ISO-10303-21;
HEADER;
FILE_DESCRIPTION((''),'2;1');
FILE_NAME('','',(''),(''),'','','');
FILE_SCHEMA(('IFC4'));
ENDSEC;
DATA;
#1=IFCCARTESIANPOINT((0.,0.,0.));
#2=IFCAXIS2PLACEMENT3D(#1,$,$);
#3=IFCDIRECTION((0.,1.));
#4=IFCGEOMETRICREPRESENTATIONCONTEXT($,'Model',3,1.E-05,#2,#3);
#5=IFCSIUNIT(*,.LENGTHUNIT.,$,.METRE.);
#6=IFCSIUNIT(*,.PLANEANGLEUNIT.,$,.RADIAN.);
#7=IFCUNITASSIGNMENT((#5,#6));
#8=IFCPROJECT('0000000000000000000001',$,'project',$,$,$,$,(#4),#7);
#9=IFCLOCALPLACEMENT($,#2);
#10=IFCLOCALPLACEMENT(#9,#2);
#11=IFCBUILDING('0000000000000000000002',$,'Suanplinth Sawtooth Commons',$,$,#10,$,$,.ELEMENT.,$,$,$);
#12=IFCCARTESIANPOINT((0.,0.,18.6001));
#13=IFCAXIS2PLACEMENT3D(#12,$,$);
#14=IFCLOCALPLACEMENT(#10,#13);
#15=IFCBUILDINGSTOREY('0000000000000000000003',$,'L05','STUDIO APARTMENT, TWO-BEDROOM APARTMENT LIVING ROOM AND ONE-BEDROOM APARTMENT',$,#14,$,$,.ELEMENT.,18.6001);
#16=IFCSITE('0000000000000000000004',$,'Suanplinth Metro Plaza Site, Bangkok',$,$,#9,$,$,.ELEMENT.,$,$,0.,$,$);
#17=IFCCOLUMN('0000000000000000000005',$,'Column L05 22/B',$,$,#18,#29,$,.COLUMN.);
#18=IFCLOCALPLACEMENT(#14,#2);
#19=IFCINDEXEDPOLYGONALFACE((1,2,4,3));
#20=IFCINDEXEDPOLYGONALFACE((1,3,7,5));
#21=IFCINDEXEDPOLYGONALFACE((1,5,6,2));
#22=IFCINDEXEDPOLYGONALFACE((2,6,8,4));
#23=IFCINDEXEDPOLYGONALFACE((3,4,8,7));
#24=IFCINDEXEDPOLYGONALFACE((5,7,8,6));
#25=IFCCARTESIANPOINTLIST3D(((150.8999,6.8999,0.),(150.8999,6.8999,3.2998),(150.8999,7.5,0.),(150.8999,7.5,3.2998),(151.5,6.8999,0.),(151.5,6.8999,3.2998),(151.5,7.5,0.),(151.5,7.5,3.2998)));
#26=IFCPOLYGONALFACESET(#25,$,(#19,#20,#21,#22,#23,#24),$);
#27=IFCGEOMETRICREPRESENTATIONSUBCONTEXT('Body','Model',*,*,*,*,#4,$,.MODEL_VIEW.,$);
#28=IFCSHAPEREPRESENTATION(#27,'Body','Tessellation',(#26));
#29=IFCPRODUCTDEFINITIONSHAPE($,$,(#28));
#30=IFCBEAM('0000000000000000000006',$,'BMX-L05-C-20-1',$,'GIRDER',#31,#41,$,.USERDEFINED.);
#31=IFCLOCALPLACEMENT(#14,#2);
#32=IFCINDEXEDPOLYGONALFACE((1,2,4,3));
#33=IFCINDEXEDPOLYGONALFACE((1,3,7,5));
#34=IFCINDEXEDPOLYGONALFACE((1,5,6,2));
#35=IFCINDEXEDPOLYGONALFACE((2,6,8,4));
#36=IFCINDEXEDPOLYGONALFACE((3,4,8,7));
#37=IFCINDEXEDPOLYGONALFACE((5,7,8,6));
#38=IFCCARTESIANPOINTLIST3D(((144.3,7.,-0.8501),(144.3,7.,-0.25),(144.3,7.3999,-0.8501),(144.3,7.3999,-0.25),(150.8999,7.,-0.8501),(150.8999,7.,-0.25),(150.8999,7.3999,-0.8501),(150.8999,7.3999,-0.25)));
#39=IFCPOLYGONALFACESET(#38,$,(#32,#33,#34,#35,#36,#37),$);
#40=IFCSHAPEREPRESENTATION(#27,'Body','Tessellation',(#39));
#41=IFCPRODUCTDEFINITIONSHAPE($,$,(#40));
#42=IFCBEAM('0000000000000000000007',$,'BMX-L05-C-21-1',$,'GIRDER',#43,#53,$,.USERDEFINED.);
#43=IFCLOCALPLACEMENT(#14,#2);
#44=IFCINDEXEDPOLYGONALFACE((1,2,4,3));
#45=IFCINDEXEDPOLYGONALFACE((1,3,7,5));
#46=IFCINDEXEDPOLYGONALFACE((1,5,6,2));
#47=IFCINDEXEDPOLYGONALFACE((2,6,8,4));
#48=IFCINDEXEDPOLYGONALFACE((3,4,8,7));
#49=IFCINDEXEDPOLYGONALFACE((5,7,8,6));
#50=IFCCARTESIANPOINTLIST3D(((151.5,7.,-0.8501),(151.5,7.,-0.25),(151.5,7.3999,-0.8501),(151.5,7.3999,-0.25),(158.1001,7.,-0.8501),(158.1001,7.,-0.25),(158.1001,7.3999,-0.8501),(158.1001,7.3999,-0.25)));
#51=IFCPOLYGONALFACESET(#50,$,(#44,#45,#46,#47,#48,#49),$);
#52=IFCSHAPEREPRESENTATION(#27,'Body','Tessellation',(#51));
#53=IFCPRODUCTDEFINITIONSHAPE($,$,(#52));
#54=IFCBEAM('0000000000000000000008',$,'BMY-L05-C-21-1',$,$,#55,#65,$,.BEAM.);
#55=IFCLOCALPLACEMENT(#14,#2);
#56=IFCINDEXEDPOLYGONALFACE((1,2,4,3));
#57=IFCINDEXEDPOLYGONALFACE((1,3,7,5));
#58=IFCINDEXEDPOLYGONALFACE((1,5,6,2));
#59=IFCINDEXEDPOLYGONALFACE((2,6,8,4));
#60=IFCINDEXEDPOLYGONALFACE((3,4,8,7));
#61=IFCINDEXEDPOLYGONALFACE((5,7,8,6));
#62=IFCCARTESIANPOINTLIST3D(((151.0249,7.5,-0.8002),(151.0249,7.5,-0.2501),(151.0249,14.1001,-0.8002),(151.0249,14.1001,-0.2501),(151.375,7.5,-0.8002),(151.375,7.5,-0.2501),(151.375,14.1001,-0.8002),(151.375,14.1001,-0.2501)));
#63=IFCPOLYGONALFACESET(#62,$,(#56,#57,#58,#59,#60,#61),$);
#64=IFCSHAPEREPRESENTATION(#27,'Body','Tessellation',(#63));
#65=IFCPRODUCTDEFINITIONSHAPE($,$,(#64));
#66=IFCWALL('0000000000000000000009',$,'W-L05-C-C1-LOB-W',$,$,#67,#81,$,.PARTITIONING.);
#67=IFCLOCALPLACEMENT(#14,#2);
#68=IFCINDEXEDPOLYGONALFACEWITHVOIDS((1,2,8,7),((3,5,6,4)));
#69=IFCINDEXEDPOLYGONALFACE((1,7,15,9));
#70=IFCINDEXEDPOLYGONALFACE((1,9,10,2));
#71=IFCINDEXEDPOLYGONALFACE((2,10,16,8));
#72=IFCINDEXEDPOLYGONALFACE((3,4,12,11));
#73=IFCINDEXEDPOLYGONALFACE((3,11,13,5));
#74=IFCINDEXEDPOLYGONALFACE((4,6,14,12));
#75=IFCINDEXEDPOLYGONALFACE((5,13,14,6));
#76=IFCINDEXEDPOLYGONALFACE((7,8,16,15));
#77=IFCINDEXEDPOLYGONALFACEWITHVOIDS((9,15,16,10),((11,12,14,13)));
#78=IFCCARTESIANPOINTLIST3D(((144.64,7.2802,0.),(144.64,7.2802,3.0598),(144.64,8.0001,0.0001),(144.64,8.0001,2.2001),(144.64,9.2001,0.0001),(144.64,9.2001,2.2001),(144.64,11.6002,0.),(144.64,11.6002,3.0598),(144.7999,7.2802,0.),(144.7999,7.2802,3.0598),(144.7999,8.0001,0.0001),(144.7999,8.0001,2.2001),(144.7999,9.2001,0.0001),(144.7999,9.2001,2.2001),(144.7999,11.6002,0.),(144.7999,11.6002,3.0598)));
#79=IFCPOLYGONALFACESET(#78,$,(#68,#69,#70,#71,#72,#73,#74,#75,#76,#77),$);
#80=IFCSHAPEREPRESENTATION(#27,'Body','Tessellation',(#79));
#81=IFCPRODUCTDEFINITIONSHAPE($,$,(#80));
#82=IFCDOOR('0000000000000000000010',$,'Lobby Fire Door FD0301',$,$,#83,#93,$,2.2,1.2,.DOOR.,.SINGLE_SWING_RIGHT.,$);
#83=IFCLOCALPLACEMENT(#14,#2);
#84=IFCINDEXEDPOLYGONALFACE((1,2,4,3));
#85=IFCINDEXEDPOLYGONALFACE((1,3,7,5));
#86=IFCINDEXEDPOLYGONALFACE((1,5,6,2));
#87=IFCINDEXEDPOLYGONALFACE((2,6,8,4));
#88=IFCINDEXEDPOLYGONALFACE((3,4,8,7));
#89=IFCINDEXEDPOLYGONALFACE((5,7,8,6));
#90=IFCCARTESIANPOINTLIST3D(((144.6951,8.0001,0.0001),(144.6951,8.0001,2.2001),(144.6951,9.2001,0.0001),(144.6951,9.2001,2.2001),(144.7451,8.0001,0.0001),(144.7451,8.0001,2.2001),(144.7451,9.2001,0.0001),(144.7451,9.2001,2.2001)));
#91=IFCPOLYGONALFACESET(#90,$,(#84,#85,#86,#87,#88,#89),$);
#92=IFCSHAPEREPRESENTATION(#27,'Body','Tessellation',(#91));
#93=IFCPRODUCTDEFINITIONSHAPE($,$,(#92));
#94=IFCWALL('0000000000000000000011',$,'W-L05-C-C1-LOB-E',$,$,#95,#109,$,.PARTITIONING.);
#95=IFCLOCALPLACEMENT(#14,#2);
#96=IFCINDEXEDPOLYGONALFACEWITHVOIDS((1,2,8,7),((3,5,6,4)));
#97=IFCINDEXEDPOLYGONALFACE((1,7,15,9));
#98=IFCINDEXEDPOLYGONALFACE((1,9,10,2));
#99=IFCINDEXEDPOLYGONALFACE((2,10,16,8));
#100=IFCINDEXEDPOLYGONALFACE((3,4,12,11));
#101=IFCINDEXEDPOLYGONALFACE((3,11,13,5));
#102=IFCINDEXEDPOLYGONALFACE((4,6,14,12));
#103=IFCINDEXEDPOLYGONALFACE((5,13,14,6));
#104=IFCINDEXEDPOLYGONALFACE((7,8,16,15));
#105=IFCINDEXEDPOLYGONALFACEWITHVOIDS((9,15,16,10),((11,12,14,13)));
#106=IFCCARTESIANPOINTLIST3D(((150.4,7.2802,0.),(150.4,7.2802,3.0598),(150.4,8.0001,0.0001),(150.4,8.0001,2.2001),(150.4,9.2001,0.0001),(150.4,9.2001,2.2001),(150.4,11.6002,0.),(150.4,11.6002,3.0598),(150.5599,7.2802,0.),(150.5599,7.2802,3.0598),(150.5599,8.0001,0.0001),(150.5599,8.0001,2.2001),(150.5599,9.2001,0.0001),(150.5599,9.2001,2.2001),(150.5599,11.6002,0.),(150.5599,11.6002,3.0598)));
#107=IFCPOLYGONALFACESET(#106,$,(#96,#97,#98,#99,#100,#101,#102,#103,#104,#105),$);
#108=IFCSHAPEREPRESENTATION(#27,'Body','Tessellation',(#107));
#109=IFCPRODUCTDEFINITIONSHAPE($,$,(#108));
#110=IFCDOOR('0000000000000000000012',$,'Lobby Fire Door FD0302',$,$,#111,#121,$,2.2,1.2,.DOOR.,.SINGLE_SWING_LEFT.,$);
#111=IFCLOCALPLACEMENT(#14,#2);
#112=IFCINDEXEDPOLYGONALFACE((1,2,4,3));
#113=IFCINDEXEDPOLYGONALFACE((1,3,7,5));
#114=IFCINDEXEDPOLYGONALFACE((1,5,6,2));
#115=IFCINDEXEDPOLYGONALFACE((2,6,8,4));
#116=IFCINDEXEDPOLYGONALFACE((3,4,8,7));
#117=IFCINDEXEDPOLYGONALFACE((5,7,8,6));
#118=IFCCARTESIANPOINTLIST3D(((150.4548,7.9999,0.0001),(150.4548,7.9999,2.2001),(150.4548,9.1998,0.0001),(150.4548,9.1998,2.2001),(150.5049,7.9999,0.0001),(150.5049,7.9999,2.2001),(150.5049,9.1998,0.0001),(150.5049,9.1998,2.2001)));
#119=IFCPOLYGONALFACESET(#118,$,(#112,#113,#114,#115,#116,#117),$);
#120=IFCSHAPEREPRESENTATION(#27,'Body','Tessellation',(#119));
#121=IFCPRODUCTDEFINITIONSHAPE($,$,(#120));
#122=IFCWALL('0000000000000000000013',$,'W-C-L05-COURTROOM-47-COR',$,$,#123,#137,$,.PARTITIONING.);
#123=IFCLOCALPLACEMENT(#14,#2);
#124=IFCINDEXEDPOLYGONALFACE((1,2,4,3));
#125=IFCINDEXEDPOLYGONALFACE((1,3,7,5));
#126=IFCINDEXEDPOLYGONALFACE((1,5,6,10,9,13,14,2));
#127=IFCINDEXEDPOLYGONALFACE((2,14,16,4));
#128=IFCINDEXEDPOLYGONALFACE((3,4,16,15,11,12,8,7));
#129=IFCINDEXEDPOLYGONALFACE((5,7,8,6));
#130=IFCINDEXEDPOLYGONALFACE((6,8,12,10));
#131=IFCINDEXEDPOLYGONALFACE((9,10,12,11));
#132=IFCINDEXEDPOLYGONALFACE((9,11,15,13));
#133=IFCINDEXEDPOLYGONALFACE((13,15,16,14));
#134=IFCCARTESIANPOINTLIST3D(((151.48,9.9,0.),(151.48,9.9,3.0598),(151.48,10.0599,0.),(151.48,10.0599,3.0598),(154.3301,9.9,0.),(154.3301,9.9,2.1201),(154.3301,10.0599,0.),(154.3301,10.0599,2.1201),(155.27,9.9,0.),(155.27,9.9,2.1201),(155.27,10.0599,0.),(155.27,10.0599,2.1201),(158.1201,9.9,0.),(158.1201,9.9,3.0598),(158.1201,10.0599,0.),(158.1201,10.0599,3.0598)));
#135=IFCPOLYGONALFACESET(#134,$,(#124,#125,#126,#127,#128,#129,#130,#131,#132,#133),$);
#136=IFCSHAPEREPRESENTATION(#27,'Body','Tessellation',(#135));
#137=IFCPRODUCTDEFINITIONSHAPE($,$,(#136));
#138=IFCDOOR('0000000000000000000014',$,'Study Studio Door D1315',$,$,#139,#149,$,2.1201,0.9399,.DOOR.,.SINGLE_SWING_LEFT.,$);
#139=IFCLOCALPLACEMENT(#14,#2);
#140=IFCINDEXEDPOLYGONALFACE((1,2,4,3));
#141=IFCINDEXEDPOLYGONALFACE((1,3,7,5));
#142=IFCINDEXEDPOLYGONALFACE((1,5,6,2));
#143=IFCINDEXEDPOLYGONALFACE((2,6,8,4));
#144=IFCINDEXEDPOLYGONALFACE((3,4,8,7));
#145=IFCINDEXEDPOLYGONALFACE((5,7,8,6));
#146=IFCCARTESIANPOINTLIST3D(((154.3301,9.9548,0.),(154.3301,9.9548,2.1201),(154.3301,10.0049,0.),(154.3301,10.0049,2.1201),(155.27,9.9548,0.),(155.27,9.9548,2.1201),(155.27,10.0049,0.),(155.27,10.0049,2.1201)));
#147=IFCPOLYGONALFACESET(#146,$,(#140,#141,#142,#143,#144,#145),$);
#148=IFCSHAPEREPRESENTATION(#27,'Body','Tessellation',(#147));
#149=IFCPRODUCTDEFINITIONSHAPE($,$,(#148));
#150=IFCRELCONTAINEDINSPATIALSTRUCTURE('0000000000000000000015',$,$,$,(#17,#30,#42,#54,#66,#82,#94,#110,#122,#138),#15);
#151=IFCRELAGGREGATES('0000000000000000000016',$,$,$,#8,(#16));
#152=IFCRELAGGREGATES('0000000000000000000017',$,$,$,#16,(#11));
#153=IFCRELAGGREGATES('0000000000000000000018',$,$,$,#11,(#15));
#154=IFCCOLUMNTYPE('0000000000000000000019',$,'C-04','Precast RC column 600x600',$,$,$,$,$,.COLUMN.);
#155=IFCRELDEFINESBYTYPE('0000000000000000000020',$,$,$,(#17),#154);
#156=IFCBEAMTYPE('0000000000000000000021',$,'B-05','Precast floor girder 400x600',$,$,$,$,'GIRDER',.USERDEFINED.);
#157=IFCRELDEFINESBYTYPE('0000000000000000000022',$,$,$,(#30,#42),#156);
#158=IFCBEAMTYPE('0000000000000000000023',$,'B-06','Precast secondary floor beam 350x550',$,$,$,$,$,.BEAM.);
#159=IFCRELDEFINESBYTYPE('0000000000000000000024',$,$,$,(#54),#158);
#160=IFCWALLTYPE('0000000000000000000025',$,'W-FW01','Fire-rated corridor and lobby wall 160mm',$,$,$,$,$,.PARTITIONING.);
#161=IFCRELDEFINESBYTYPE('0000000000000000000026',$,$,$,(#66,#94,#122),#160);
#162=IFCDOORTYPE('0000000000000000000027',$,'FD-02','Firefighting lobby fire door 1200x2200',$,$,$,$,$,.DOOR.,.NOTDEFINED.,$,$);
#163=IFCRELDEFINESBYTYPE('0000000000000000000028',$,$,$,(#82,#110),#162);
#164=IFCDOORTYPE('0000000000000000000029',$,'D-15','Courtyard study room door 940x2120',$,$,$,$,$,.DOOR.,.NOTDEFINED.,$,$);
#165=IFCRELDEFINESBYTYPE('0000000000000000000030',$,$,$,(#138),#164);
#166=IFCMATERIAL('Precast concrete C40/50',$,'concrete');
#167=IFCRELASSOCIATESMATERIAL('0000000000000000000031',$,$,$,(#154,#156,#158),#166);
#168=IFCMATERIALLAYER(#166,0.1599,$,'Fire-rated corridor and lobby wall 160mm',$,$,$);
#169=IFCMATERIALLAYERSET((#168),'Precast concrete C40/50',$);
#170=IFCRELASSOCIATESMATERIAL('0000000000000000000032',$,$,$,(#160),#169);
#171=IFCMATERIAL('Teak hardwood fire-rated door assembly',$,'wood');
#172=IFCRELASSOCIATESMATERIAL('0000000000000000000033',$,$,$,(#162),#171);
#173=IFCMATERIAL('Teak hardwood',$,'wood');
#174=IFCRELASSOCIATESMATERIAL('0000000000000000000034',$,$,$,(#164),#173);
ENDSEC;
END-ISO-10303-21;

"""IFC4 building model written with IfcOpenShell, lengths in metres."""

from ifc_helpers import new_model, si_unit, direction, frame, frame_2d, origin, origin_2d, place, context, subcontext, project, spatial, rectangle, extrude, material, layer, layer_set, material_profile, profile_set, type_object, element, fill, save


model = new_model("IFC4")

# Units and contexts
model_context = context("Model", 3, precision=1e-05, world=origin(), true_north=direction((0.0, 1.0)))
body_context = subcontext(model_context, "Body", "Model", "MODEL_VIEW")
ifc_project = project(units=[si_unit("LENGTHUNIT", "METRE"), si_unit("PLANEANGLEUNIT", "RADIAN")], contexts=[model_context])

# Site, building, storey
site_placement = place(None, origin())
site = spatial("IfcSite", under=ifc_project, at=site_placement, Name="Suanplinth Metro Plaza Site, Bangkok", CompositionType="ELEMENT", RefElevation=0.0)
building_placement = place(site_placement, origin())
building = spatial("IfcBuilding", under=site, at=building_placement, Name="Suanplinth Sawtooth Commons", CompositionType="ELEMENT")
storey_placement = place(building_placement, frame((0.0, 0.0, 18.6001)))
storey = spatial("IfcBuildingStorey", under=building, at=storey_placement, Name="L05", Description="STUDIO APARTMENT, TWO-BEDROOM APARTMENT LIVING ROOM AND ONE-BEDROOM APARTMENT", CompositionType="ELEMENT", Elevation=18.6001)

# Column
ifc_material_1 = material(Name="Precast concrete C40/50", Category="concrete")
ifc_material_profile_1 = material_profile(ifc_material_1, rectangle(XDim=0.6001, YDim=0.6001, at=origin_2d()), Name="PC-COL 600x600")
ifc_profile_set_1 = profile_set([ifc_material_profile_1], Name="Precast concrete C40/50")
column_type = type_object("IfcColumnType", Name="C-04", Description="Precast RC column 600x600", PredefinedType="COLUMN", material=ifc_profile_set_1)
column_placement = place(storey_placement, frame((151.2, 7.2, 0.0), z_axis=(0.0, 0.0, 1.0), x_axis=(1.0, 0.0, 0.0)))
element("IfcColumn", 1, at=column_placement, inside=storey, type_object=column_type, Name="Column L05 22/B", PredefinedType="COLUMN", context=body_context, shape_type="SweptSolid", body=[
    extrude(rectangle(XDim=0.6001, YDim=0.6001, at=origin_2d()), origin(), (0.0, 0.0, 1.0), 3.2998),
])

# Beams
ifc_material_profile_2 = material_profile(ifc_material_1, rectangle(XDim=0.3999, YDim=0.6001, at=origin_2d()), Name="PC-GDR 400x600")
ifc_profile_set_2 = profile_set([ifc_material_profile_2], Name="Precast concrete C40/50")
beam_type_1 = type_object("IfcBeamType", Name="B-05", Description="Precast floor girder 400x600", ElementType="GIRDER", PredefinedType="USERDEFINED", material=ifc_profile_set_2)
beam_1_placement = place(storey_placement, frame((144.3, 7.2, -0.55), z_axis=(1.0, 0.0, 0.0), x_axis=(0.0, 1.0, 0.0)))
element("IfcBeam", 2, at=beam_1_placement, inside=storey, type_object=beam_type_1, Name="BMX-L05-C-20-1", ObjectType="GIRDER", PredefinedType="USERDEFINED", context=body_context, shape_type="SweptSolid", body=[
    extrude(rectangle(XDim=0.3999, YDim=0.6001, at=origin_2d()), origin(), (0.0, 0.0, 1.0), 6.5999),
])
beam_2_placement = place(storey_placement, frame((151.5, 7.2, -0.55), z_axis=(1.0, 0.0, 0.0), x_axis=(0.0, 1.0, 0.0)))
element("IfcBeam", 3, at=beam_2_placement, inside=storey, type_object=beam_type_1, Name="BMX-L05-C-21-1", ObjectType="GIRDER", PredefinedType="USERDEFINED", context=body_context, shape_type="SweptSolid", body=[
    extrude(rectangle(XDim=0.3999, YDim=0.6001, at=origin_2d()), origin(), (0.0, 0.0, 1.0), 6.6001),
])
ifc_material_profile_3 = material_profile(ifc_material_1, rectangle(XDim=0.3501, YDim=0.55, at=origin_2d()), Name="PC-BM 350x550")
ifc_profile_set_3 = profile_set([ifc_material_profile_3], Name="Precast concrete C40/50")
beam_type_2 = type_object("IfcBeamType", Name="B-06", Description="Precast secondary floor beam 350x550", PredefinedType="BEAM", material=ifc_profile_set_3)
beam_3_placement = place(storey_placement, frame((151.2, 7.5, -0.5251), z_axis=(0.0, 1.0, 0.0), x_axis=(-1.0, 0.0, 0.0)))
element("IfcBeam", 4, at=beam_3_placement, inside=storey, type_object=beam_type_2, Name="BMY-L05-C-21-1", PredefinedType="BEAM", context=body_context, shape_type="SweptSolid", body=[
    extrude(rectangle(XDim=0.3501, YDim=0.55, at=origin_2d()), origin(), (0.0, 0.0, 1.0), 6.6001),
])

# Walls, openings, doors
ifc_layer_1 = layer(ifc_material_1, 0.1599, Name="Fire-rated corridor and lobby wall 160mm")
ifc_layer_set_1 = layer_set([ifc_layer_1], Name="Precast concrete C40/50")
wall_type_1 = type_object("IfcWallType", Name="W-FW01", Description="Fire-rated corridor and lobby wall 160mm", PredefinedType="PARTITIONING", material=ifc_layer_set_1)
wall_1_placement = place(storey_placement, frame((144.72, 7.28, 0.0), z_axis=(0.0, 0.0, 1.0), x_axis=(0.0, 1.0, 0.0)))
wall_1 = element("IfcWall", 5, at=wall_1_placement, inside=storey, type_object=wall_type_1, Name="W-L05-C-C1-LOB-W", PredefinedType="PARTITIONING", context=body_context, shape_type="SweptSolid", body=[
    extrude(rectangle(XDim=4.3201, YDim=0.1599, at=frame_2d((2.1602, 0.0))), origin(), (0.0, 0.0, 1.0), 3.0598),
])
opening_1_placement = place(wall_1_placement, frame((0.72, 0.0, 0.0)))
opening_1 = element("IfcOpeningElement", 6, at=opening_1_placement, cuts=wall_1, PredefinedType="OPENING", context=body_context, shape_type="SweptSolid", body=[
    extrude(rectangle(XDim=1.2, YDim=2.2, at=frame_2d((0.6001, 1.1001))), frame((0.0, 0.0947, 0.0), z_axis=(0.0, -1.0, 0.0), x_axis=(1.0, 0.0, 0.0)), (0.0, 0.0, 1.0), 0.1897),
])
ifc_material_2 = material(Name="Teak hardwood fire-rated door assembly", Category="wood")
door_type_1 = type_object("IfcDoorType", Name="FD-02", Description="Firefighting lobby fire door 1200x2200", OperationType="NOTDEFINED", PredefinedType="DOOR", material=ifc_material_2)
door_1_placement = place(opening_1_placement, origin())
door_1 = element("IfcDoor", 7, at=door_1_placement, inside=storey, type_object=door_type_1, Name="Lobby Fire Door FD0301", OperationType="SINGLE_SWING_RIGHT", OverallHeight=2.2, OverallWidth=1.2, PredefinedType="DOOR", context=body_context, shape_type="SweptSolid", body=[
    extrude(rectangle(XDim=1.2, YDim=2.2, at=frame_2d((0.6001, 1.1001))), frame((0.0, 0.0249, 0.0), z_axis=(0.0, -1.0, 0.0), x_axis=(1.0, 0.0, 0.0)), (0.0, 0.0, 1.0), 0.05),
])
fill(opening_1, door_1)
wall_2_placement = place(storey_placement, frame((150.48, 7.28, 0.0), z_axis=(0.0, 0.0, 1.0), x_axis=(0.0, 1.0, 0.0)))
wall_2 = element("IfcWall", 8, at=wall_2_placement, inside=storey, type_object=wall_type_1, Name="W-L05-C-C1-LOB-E", PredefinedType="PARTITIONING", context=body_context, shape_type="SweptSolid", body=[
    extrude(rectangle(XDim=4.3201, YDim=0.1599, at=frame_2d((2.1602, 0.0))), origin(), (0.0, 0.0, 1.0), 3.0598),
])
opening_2_placement = place(wall_2_placement, frame((0.72, 0.0, 0.0)))
opening_2 = element("IfcOpeningElement", 9, at=opening_2_placement, cuts=wall_2, PredefinedType="OPENING", context=body_context, shape_type="SweptSolid", body=[
    extrude(rectangle(XDim=1.2, YDim=2.2, at=frame_2d((0.6001, 1.1001))), frame((0.0, 0.0947, 0.0), z_axis=(0.0, -1.0, 0.0), x_axis=(1.0, 0.0, 0.0)), (0.0, 0.0, 1.0), 0.1897),
])
door_2_placement = place(opening_2_placement, frame((1.2, 0.0, 0.0), z_axis=(0.0, 0.0, 1.0), x_axis=(-1.0, 0.0, 0.0)))
door_2 = element("IfcDoor", 10, at=door_2_placement, inside=storey, type_object=door_type_1, Name="Lobby Fire Door FD0302", OperationType="SINGLE_SWING_LEFT", OverallHeight=2.2, OverallWidth=1.2, PredefinedType="DOOR", context=body_context, shape_type="SweptSolid", body=[
    extrude(rectangle(XDim=1.2, YDim=2.2, at=frame_2d((0.6001, 1.1001))), frame((0.0, 0.0249, 0.0), z_axis=(0.0, -1.0, 0.0), x_axis=(1.0, 0.0, 0.0)), (0.0, 0.0, 1.0), 0.05),
])
fill(opening_2, door_2)
wall_3_placement = place(storey_placement, frame((151.48, 9.98, 0.0), z_axis=(0.0, 0.0, 1.0), x_axis=(1.0, 0.0, 0.0)))
wall_3 = element("IfcWall", 11, at=wall_3_placement, inside=storey, type_object=wall_type_1, Name="W-C-L05-COURTROOM-47-COR", PredefinedType="PARTITIONING", context=body_context, shape_type="SweptSolid", body=[
    extrude(rectangle(XDim=6.6401, YDim=0.1599, at=frame_2d((3.3201, 0.0))), origin(), (0.0, 0.0, 1.0), 3.0598),
])
opening_3_placement = place(wall_3_placement, frame((2.8501, 0.0, 0.0)))
opening_3 = element("IfcOpeningElement", 12, at=opening_3_placement, cuts=wall_3, PredefinedType="OPENING", context=body_context, shape_type="SweptSolid", body=[
    extrude(rectangle(XDim=0.9399, YDim=2.1201, at=frame_2d((0.47, 1.0601))), frame((0.0, 0.0947, 0.0), z_axis=(0.0, -1.0, 0.0), x_axis=(1.0, 0.0, 0.0)), (0.0, 0.0, 1.0), 0.1897),
])
ifc_material_3 = material(Name="Teak hardwood", Category="wood")
door_type_2 = type_object("IfcDoorType", Name="D-15", Description="Courtyard study room door 940x2120", OperationType="NOTDEFINED", PredefinedType="DOOR", material=ifc_material_3)
door_3_placement = place(opening_3_placement, origin())
door_3 = element("IfcDoor", 13, at=door_3_placement, inside=storey, type_object=door_type_2, Name="Study Studio Door D1315", OperationType="SINGLE_SWING_LEFT", OverallHeight=2.1201, OverallWidth=0.9399, PredefinedType="DOOR", context=body_context, shape_type="SweptSolid", body=[
    extrude(rectangle(XDim=0.9399, YDim=2.1201, at=frame_2d((0.47, 1.0601))), frame((0.0, 0.0249, 0.0), z_axis=(0.0, -1.0, 0.0), x_axis=(1.0, 0.0, 0.0)), (0.0, 0.0, 1.0), 0.05),
])
fill(opening_3, door_3)

save(model, "model.ifc")
